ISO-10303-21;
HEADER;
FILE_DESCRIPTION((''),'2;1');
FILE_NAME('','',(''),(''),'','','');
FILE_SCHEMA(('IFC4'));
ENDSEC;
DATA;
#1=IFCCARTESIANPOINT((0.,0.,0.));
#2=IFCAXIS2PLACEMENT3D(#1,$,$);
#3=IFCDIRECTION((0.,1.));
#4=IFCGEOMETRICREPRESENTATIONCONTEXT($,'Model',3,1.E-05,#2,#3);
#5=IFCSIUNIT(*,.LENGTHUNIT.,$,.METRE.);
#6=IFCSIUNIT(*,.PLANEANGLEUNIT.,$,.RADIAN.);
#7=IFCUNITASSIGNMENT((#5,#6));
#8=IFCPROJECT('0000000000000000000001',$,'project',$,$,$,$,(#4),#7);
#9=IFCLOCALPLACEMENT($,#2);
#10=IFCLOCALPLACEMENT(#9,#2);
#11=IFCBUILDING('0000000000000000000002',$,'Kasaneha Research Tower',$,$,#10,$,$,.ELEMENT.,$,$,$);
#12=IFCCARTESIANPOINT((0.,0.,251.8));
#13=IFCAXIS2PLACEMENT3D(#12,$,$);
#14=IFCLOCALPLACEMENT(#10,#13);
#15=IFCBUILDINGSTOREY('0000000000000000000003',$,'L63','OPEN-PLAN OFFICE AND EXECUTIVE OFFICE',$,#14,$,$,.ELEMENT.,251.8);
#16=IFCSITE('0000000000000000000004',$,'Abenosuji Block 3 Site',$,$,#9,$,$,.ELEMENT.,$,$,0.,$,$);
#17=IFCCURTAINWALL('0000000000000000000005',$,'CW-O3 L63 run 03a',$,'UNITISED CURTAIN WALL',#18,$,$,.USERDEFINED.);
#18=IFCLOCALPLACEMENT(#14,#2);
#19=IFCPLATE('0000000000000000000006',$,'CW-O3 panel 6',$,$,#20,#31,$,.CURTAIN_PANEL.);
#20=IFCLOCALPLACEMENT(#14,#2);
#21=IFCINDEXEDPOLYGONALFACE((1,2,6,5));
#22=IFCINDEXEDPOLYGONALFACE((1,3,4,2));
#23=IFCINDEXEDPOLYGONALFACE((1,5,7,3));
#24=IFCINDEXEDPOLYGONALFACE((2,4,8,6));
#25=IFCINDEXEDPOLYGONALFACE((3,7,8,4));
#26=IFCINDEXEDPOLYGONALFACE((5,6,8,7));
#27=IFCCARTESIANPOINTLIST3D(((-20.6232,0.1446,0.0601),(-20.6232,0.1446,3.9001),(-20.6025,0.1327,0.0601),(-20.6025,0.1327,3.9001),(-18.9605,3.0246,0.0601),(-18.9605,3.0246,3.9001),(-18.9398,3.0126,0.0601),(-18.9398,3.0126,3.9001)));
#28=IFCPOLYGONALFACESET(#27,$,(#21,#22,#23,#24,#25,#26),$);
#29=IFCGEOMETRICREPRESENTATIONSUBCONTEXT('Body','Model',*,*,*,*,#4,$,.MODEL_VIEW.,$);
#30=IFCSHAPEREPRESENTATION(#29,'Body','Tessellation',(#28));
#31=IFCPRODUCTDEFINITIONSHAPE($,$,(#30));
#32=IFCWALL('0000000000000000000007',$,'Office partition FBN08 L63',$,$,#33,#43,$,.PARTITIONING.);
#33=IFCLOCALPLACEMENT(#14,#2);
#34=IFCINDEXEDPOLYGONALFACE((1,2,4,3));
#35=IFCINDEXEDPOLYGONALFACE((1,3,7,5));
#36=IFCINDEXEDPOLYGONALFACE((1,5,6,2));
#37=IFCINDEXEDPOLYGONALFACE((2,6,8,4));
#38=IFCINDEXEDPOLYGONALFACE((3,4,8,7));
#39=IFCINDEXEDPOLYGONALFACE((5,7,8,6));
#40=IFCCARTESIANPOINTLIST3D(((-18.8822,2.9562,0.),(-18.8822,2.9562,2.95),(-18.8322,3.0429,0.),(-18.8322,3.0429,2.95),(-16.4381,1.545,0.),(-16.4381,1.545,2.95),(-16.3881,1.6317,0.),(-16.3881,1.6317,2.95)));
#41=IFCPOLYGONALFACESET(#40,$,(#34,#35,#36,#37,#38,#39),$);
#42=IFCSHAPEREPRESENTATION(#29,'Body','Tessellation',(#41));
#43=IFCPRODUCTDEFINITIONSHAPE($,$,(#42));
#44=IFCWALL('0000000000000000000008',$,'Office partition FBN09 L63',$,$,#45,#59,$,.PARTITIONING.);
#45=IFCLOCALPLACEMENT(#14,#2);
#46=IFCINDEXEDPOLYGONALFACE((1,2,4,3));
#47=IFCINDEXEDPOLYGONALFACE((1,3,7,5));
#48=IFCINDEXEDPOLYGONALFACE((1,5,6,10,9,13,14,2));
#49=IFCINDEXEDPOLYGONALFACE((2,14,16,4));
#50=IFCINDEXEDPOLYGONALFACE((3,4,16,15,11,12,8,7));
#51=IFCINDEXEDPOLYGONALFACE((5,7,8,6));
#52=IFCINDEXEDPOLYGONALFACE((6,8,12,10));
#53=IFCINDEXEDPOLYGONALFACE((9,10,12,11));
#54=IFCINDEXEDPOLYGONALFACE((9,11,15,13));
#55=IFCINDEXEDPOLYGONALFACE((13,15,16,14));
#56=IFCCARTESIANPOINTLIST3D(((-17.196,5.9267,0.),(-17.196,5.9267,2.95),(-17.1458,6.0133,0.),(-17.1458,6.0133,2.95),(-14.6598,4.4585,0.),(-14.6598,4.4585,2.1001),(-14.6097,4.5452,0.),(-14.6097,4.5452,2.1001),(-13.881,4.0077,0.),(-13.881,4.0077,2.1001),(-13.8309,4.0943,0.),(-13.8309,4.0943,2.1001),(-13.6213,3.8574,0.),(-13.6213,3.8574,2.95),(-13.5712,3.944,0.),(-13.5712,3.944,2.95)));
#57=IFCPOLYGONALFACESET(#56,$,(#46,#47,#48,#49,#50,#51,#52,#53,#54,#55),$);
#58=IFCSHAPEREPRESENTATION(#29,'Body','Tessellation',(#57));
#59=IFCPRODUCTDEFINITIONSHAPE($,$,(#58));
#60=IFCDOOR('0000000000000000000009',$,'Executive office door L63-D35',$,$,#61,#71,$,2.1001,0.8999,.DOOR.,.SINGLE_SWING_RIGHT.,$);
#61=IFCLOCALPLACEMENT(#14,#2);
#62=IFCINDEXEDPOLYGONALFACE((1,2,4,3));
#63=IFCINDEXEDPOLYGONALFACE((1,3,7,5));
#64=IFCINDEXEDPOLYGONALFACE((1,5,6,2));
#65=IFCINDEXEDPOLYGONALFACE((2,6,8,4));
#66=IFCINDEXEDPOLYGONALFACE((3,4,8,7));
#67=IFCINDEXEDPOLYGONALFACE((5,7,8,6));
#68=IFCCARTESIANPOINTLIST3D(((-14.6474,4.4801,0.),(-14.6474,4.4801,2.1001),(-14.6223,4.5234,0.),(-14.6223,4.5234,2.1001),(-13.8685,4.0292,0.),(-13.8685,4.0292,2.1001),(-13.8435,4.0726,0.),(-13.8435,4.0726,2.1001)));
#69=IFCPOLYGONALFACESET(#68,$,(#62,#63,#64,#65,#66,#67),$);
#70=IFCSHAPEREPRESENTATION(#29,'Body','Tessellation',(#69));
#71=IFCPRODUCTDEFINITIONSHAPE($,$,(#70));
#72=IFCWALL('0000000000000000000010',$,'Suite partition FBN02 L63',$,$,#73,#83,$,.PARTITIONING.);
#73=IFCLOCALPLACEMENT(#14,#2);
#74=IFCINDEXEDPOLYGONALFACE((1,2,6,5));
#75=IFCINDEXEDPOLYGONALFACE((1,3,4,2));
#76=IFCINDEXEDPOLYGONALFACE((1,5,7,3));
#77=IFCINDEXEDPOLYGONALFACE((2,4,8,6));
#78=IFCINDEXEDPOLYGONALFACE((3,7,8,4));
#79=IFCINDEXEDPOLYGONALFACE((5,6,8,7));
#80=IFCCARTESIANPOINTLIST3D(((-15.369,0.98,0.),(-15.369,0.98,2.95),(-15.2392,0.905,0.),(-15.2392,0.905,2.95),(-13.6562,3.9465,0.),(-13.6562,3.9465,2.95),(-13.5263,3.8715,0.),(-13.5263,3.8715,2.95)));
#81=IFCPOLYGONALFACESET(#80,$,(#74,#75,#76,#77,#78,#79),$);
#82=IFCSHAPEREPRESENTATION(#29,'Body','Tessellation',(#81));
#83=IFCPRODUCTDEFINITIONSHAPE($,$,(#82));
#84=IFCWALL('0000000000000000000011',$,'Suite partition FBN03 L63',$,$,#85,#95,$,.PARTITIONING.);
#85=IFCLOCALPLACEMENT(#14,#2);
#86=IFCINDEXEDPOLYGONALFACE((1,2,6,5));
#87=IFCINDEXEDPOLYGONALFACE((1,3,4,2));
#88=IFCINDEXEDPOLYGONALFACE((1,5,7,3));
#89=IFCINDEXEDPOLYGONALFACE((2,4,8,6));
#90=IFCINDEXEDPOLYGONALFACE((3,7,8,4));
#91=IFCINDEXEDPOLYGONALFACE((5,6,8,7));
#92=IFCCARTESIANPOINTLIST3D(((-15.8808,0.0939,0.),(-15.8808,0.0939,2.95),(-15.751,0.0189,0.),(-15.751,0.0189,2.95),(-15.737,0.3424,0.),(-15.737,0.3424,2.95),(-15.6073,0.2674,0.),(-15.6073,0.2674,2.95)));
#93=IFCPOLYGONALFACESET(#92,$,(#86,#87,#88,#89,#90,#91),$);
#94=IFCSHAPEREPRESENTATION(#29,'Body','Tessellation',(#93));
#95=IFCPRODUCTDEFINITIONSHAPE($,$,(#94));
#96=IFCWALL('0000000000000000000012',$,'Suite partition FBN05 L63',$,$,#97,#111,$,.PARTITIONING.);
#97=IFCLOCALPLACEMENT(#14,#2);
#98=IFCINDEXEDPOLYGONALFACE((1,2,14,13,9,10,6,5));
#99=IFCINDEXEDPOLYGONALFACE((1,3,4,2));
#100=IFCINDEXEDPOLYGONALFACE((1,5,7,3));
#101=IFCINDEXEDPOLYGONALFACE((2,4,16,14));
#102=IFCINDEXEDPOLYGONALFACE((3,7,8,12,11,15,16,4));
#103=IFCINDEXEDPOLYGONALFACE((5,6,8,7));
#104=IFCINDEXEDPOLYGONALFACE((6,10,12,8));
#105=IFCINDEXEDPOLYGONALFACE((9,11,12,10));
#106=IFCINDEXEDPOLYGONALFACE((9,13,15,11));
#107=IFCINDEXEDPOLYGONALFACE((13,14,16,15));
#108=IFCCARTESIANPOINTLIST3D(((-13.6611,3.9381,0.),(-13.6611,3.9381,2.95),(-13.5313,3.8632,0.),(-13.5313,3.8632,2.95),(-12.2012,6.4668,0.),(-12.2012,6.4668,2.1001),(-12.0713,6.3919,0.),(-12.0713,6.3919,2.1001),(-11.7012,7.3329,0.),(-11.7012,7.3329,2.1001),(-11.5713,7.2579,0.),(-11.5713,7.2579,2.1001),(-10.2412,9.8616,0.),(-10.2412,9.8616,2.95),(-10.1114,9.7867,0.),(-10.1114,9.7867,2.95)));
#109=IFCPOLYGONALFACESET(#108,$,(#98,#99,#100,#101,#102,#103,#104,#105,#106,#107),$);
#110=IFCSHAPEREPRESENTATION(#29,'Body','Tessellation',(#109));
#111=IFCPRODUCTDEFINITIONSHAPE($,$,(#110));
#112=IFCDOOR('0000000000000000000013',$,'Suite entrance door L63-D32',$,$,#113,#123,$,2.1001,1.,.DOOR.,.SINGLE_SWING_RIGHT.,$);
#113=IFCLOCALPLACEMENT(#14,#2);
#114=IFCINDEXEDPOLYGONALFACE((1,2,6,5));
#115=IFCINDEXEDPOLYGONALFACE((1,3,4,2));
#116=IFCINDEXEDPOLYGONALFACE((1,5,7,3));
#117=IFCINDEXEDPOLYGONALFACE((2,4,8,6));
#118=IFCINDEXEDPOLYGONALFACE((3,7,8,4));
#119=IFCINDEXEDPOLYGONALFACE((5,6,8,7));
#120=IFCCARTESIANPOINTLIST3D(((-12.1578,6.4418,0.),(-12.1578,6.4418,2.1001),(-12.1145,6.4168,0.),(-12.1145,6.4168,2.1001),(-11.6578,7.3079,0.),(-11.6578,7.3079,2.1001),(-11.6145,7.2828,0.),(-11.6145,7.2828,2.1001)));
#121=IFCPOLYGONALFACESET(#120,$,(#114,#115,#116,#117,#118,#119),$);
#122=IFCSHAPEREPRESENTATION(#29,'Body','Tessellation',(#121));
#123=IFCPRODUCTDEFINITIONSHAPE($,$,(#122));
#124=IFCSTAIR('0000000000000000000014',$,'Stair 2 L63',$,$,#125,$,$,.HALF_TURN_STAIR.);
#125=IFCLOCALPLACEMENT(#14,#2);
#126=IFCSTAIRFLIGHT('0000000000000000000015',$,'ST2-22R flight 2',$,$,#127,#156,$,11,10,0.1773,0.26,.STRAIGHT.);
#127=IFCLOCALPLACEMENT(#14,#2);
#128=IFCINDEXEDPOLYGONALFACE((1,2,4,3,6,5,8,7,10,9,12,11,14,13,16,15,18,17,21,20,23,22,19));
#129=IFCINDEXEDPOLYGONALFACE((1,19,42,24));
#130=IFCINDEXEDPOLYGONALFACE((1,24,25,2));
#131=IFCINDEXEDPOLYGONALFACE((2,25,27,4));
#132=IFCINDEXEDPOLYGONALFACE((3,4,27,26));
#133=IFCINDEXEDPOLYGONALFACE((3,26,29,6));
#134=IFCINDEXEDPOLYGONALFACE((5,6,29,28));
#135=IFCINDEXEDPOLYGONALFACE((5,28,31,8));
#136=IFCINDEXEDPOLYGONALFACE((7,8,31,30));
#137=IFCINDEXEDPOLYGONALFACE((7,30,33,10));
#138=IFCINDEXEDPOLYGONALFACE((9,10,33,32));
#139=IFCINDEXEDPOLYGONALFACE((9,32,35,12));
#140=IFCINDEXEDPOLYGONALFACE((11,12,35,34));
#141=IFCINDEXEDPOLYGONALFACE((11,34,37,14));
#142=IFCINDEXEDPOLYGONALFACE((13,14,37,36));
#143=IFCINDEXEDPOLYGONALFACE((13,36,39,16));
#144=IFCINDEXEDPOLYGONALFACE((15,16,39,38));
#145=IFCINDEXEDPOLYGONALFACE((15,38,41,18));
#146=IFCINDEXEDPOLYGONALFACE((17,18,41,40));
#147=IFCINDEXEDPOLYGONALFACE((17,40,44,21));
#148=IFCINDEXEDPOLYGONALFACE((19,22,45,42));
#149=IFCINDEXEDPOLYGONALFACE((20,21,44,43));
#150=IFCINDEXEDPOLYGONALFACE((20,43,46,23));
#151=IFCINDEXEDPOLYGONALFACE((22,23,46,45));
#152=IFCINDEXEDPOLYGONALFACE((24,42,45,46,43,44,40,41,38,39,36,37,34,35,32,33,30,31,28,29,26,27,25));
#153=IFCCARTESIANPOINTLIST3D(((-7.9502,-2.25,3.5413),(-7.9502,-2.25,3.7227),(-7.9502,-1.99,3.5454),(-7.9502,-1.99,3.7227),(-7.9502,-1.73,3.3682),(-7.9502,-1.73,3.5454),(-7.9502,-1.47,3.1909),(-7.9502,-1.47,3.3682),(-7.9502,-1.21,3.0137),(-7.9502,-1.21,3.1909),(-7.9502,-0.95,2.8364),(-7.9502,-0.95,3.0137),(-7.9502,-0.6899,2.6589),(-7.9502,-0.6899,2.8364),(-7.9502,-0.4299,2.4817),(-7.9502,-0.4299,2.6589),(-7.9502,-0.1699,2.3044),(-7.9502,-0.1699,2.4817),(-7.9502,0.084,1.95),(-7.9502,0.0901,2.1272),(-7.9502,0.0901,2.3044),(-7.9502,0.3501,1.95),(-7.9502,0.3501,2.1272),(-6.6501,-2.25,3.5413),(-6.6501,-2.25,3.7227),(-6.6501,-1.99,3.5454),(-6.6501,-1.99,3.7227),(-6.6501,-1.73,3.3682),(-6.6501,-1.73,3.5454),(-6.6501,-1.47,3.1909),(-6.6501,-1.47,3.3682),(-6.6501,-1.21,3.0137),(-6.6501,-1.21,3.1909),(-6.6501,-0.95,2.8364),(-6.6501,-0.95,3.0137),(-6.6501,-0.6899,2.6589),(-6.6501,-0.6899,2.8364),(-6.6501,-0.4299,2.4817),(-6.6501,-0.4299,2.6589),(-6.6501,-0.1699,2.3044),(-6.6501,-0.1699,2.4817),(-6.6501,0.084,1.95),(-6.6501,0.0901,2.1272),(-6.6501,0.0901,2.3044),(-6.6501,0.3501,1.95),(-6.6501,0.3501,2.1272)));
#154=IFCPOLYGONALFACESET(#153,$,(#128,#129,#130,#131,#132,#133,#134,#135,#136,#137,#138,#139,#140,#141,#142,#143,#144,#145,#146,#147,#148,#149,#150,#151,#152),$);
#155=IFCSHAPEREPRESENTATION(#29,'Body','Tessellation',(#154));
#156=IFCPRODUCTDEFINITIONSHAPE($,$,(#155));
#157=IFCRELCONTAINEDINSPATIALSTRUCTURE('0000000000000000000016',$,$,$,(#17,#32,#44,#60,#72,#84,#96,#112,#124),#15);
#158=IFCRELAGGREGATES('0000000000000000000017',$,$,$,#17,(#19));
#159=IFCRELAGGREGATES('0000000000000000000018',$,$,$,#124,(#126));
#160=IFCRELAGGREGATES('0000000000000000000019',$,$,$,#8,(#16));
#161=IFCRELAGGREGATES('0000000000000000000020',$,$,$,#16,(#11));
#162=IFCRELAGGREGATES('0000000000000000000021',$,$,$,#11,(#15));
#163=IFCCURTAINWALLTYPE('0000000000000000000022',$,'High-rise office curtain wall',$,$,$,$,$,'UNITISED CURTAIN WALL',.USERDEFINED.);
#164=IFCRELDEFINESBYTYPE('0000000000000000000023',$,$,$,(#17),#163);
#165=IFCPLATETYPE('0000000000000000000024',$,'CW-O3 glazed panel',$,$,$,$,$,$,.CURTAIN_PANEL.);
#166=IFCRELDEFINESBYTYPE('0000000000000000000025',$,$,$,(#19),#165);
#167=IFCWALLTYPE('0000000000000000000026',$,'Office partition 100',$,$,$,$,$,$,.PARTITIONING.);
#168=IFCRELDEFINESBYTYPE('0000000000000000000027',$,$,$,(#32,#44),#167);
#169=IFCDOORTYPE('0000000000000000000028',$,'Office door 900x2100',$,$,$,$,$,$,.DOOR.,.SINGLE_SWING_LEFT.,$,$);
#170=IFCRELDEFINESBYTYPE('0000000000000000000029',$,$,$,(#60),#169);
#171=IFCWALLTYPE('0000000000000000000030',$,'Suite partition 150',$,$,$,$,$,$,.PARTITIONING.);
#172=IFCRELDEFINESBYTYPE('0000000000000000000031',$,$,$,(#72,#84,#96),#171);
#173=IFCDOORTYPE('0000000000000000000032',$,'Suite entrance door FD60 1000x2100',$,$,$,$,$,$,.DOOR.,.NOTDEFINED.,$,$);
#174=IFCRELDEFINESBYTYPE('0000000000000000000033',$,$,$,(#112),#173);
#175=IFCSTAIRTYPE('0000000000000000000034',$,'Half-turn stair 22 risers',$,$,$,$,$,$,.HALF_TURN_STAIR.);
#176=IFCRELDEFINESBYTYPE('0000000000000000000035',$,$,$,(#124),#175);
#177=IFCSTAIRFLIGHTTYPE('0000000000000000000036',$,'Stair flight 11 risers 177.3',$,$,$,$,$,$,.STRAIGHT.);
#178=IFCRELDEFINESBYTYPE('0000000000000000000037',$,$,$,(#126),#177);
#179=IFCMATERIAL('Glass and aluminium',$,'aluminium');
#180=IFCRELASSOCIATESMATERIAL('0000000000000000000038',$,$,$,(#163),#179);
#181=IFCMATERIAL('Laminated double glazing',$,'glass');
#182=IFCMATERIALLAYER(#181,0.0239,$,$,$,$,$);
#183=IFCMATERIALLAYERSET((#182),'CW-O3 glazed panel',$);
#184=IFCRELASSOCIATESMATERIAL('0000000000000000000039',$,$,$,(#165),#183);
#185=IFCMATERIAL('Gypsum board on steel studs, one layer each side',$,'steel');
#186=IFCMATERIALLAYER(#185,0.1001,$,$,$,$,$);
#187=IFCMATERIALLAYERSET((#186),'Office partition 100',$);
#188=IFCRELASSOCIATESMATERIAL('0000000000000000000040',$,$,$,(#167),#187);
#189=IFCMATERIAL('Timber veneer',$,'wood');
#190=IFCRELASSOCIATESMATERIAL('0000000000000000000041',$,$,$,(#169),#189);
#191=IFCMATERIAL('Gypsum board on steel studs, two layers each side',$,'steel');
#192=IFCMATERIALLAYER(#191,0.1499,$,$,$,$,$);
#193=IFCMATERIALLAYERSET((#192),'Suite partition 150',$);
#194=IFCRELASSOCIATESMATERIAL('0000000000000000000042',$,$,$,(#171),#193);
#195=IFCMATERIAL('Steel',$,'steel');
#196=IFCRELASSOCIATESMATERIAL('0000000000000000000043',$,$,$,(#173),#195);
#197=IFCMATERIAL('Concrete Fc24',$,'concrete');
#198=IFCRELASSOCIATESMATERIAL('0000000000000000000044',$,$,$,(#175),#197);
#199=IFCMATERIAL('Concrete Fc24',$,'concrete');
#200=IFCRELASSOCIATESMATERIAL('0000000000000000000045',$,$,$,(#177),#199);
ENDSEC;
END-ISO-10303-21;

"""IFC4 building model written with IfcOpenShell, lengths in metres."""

from ifc_helpers import new_model, si_unit, direction, frame, frame_2d, origin, origin_2d, place, context, subcontext, project, spatial, polyline, rectangle, outline, extrude, material, layer, layer_set, type_object, element, fill, aggregate, save


model = new_model("IFC4")

# Units and contexts
model_context = context("Model", 3, precision=1e-05, world=origin(), true_north=direction((0.0, 1.0)))
body_context = subcontext(model_context, "Body", "Model", "MODEL_VIEW")
ifc_project = project(units=[si_unit("LENGTHUNIT", "METRE"), si_unit("PLANEANGLEUNIT", "RADIAN")], contexts=[model_context])

# Site, building, storey
site_placement = place(None, origin())
site = spatial("IfcSite", under=ifc_project, at=site_placement, Name="Abenosuji Block 3 Site", CompositionType="ELEMENT", RefElevation=0.0)
building_placement = place(site_placement, origin())
building = spatial("IfcBuilding", under=site, at=building_placement, Name="Kasaneha Research Tower", CompositionType="ELEMENT")
storey_placement = place(building_placement, frame((0.0, 0.0, 251.8)))
storey = spatial("IfcBuildingStorey", under=building, at=storey_placement, Name="L63", Description="OPEN-PLAN OFFICE AND EXECUTIVE OFFICE", CompositionType="ELEMENT", Elevation=251.8)

# Curtain wall
ifc_material_1 = material(Name="Glass and aluminium", Category="aluminium")
curtain_wall_type = type_object("IfcCurtainWallType", Name="High-rise office curtain wall", ElementType="UNITISED CURTAIN WALL", PredefinedType="USERDEFINED", material=ifc_material_1)
curtain_wall_placement = place(storey_placement, origin())
curtain_wall = element("IfcCurtainWall", 1, at=curtain_wall_placement, inside=storey, type_object=curtain_wall_type, Name="CW-O3 L63 run 03a", ObjectType="UNITISED CURTAIN WALL", PredefinedType="USERDEFINED")

# Plate
ifc_material_2 = material(Name="Laminated double glazing", Category="glass")
ifc_layer_1 = layer(ifc_material_2, 0.0239)
ifc_layer_set_1 = layer_set([ifc_layer_1], Name="CW-O3 glazed panel")
plate_type = type_object("IfcPlateType", Name="CW-O3 glazed panel", PredefinedType="CURTAIN_PANEL", material=ifc_layer_set_1)
plate_1_placement = place(storey_placement, frame((-19.7815, 1.5786, 0.0601), z_axis=(0.0, 0.0, 1.0), x_axis=(-0.5, -0.866025, 0.0)))
plate_1 = element("IfcPlate", 2, at=plate_1_placement, type_object=plate_type, Name="CW-O3 panel 6", PredefinedType="CURTAIN_PANEL", context=body_context, shape_type="SweptSolid", body=[
    extrude(rectangle(XDim=3.3254, YDim=0.0239, at=origin_2d()), origin(), (0.0, 0.0, 1.0), 3.8401),
])
aggregate(curtain_wall, [plate_1])

# Wall
ifc_material_3 = material(Name="Gypsum board on steel studs, one layer each side", Category="steel")
ifc_layer_2 = layer(ifc_material_3, 0.1001)
ifc_layer_set_2 = layer_set([ifc_layer_2], Name="Office partition 100")
wall_type_1 = type_object("IfcWallType", Name="Office partition 100", PredefinedType="PARTITIONING", material=ifc_layer_set_2)
wall_1_placement = place(storey_placement, frame((-16.4131, 1.5884, 0.0), z_axis=(0.0, 0.0, 1.0), x_axis=(-0.86602, 0.50001, 0.0)))
element("IfcWall", 3, at=wall_1_placement, inside=storey, type_object=wall_type_1, Name="Office partition FBN08 L63", PredefinedType="PARTITIONING", context=body_context, shape_type="SweptSolid", body=[
    extrude(rectangle(XDim=2.8223, YDim=0.1001, at=frame_2d((1.4111, 0.0))), origin(), (0.0, 0.0, 1.0), 2.95),
])

# Wall, opening, door
wall_2_placement = place(storey_placement, frame((-17.1709, 5.97, 0.0), z_axis=(0.0, 0.0, 1.0), x_axis=(0.865451, -0.500994, 0.0)))
wall_2 = element("IfcWall", 4, at=wall_2_placement, inside=storey, type_object=wall_type_1, Name="Office partition FBN09 L63", PredefinedType="PARTITIONING", context=body_context, shape_type="SweptSolid", body=[
    extrude(rectangle(XDim=4.1304, YDim=0.1001, at=frame_2d((2.0652, 0.0))), origin(), (0.0, 0.0, 1.0), 2.95),
])
opening_1_placement = place(wall_2_placement, frame((2.9304, 0.0, 0.0)))
opening_1 = element("IfcOpeningElement", 5, at=opening_1_placement, cuts=wall_2, PredefinedType="OPENING", context=body_context, shape_type="SweptSolid", body=[
    extrude(rectangle(XDim=0.8999, YDim=2.1001, at=frame_2d((0.45, 1.05))), frame((0.0, 0.0601, 0.0), z_axis=(0.0, -1.0, 0.0), x_axis=(1.0, 0.0, 0.0)), (0.0, 0.0, 1.0), 0.1201),
])
ifc_material_4 = material(Name="Timber veneer", Category="wood")
door_type_1 = type_object("IfcDoorType", Name="Office door 900x2100", OperationType="SINGLE_SWING_LEFT", PredefinedType="DOOR", material=ifc_material_4)
door_1_placement = place(opening_1_placement, origin())
door_1 = element("IfcDoor", 6, at=door_1_placement, inside=storey, type_object=door_type_1, Name="Executive office door L63-D35", OperationType="SINGLE_SWING_RIGHT", OverallHeight=2.1001, OverallWidth=0.8999, PredefinedType="DOOR", context=body_context, shape_type="SweptSolid", body=[
    extrude(rectangle(XDim=0.8999, YDim=2.1001, at=frame_2d((0.45, 1.05))), frame((0.0, 0.0249, 0.0), z_axis=(0.0, -1.0, 0.0), x_axis=(1.0, 0.0, 0.0)), (0.0, 0.0, 1.0), 0.05),
])
fill(opening_1, door_1)

# Walls
ifc_material_5 = material(Name="Gypsum board on steel studs, two layers each side", Category="steel")
ifc_layer_3 = layer(ifc_material_5, 0.1499)
ifc_layer_set_3 = layer_set([ifc_layer_3], Name="Suite partition 150")
wall_type_2 = type_object("IfcWallType", Name="Suite partition 150", PredefinedType="PARTITIONING", material=ifc_layer_set_3)
wall_3_placement = place(storey_placement, frame((-15.3042, 0.9424, 0.0), z_axis=(0.0, 0.0, 1.0), x_axis=(0.500033, 0.866006, 0.0)))
element("IfcWall", 7, at=wall_3_placement, inside=storey, type_object=wall_type_2, Name="Suite partition FBN02 L63", PredefinedType="PARTITIONING", context=body_context, shape_type="SweptSolid", body=[
    extrude(rectangle(XDim=3.4255, YDim=0.1499, at=frame_2d((1.7129, 0.0))), origin(), (0.0, 0.0, 1.0), 2.95),
])
wall_4_placement = place(storey_placement, frame((-15.8159, 0.0564, 0.0), z_axis=(0.0, 0.0, 1.0), x_axis=(0.500802, 0.865562, 0.0)))
element("IfcWall", 8, at=wall_4_placement, inside=storey, type_object=wall_type_2, Name="Suite partition FBN03 L63", PredefinedType="PARTITIONING", context=body_context, shape_type="SweptSolid", body=[
    extrude(rectangle(XDim=0.2871, YDim=0.1499, at=frame_2d((0.1436, 0.0))), origin(), (0.0, 0.0, 1.0), 2.95),
])

# Wall, opening, door
wall_5_placement = place(storey_placement, frame((-13.5962, 3.9006, 0.0), z_axis=(0.0, 0.0, 1.0), x_axis=(0.499993, 0.866029, 0.0)))
wall_5 = element("IfcWall", 9, at=wall_5_placement, inside=storey, type_object=wall_type_2, Name="Suite partition FBN05 L63", PredefinedType="PARTITIONING", context=body_context, shape_type="SweptSolid", body=[
    extrude(rectangle(XDim=6.8398, YDim=0.1499, at=frame_2d((3.4199, 0.0))), origin(), (0.0, 0.0, 1.0), 2.95),
])
opening_2_placement = place(wall_5_placement, frame((2.9199, 0.0, 0.0)))
opening_2 = element("IfcOpeningElement", 10, at=opening_2_placement, cuts=wall_5, PredefinedType="OPENING", context=body_context, shape_type="SweptSolid", body=[
    extrude(rectangle(XDim=1.0, YDim=2.1001, at=frame_2d((0.5, 1.05))), frame((0.0, 0.085, 0.0), z_axis=(0.0, -1.0, 0.0), x_axis=(1.0, 0.0, 0.0)), (0.0, 0.0, 1.0), 0.1699),
])
ifc_material_6 = material(Name="Steel", Category="steel")
door_type_2 = type_object("IfcDoorType", Name="Suite entrance door FD60 1000x2100", OperationType="NOTDEFINED", PredefinedType="DOOR", material=ifc_material_6)
door_2_placement = place(opening_2_placement, origin())
door_2 = element("IfcDoor", 11, at=door_2_placement, inside=storey, type_object=door_type_2, Name="Suite entrance door L63-D32", OperationType="SINGLE_SWING_RIGHT", OverallHeight=2.1001, OverallWidth=1.0, PredefinedType="DOOR", context=body_context, shape_type="SweptSolid", body=[
    extrude(rectangle(XDim=1.0, YDim=2.1001, at=frame_2d((0.5, 1.05))), frame((0.0, 0.0249, 0.0), z_axis=(0.0, -1.0, 0.0), x_axis=(1.0, 0.0, 0.0)), (0.0, 0.0, 1.0), 0.05),
])
fill(opening_2, door_2)

# Stair, stair flight
ifc_material_7 = material(Name="Concrete Fc24", Category="concrete")
stair_type = type_object("IfcStairType", Name="Half-turn stair 22 risers", PredefinedType="HALF_TURN_STAIR", material=ifc_material_7)
stair_placement = place(storey_placement, origin())
stair = element("IfcStair", 12, at=stair_placement, inside=storey, type_object=stair_type, Name="Stair 2 L63", PredefinedType="HALF_TURN_STAIR")
ifc_material_8 = material(Name="Concrete Fc24", Category="concrete")
stair_flight_type = type_object("IfcStairFlightType", Name="Stair flight 11 risers 177.3", PredefinedType="STRAIGHT", material=ifc_material_8)
stair_flight_placement = place(storey_placement, frame((-7.3, 0.3501, 1.95), z_axis=(0.0, 0.0, 1.0), x_axis=(0.0, -1.0, 0.0)))
stair_flight = element("IfcStairFlight", 13, at=stair_flight_placement, type_object=stair_flight_type, Name="ST2-22R flight 2", NumberOfRisers=11, NumberOfTreads=10, PredefinedType="STRAIGHT", RiserHeight=0.1773, TreadLength=0.26, context=body_context, shape_type="SweptSolid", body=[
    extrude(outline(polyline([(0.0, 0.0), (0.0, 0.1772), (0.26, 0.1772), (0.26, 0.3545), (0.52, 0.3545), (0.52, 0.5317), (0.78, 0.5317), (0.78, 0.709), (1.04, 0.709), (1.04, 0.8865), (1.3, 0.8865), (1.3, 1.0637), (1.5601, 1.0637), (1.5601, 1.241), (1.8201, 1.241), (1.8201, 1.4182), (2.0801, 1.4182), (2.0801, 1.5955), (2.3401, 1.5955), (2.3401, 1.7727), (2.6001, 1.7727), (2.6001, 1.95), (2.6001, 1.5913), (0.2661, 0.0), (0.0, 0.0)])), frame((0.0, 0.6499, 0.0), z_axis=(0.0, -1.0, 0.0), x_axis=(1.0, 0.0, 0.0)), (0.0, 0.0, 1.0), 1.3),
])
aggregate(stair, [stair_flight])

save(model, "model.ifc")
